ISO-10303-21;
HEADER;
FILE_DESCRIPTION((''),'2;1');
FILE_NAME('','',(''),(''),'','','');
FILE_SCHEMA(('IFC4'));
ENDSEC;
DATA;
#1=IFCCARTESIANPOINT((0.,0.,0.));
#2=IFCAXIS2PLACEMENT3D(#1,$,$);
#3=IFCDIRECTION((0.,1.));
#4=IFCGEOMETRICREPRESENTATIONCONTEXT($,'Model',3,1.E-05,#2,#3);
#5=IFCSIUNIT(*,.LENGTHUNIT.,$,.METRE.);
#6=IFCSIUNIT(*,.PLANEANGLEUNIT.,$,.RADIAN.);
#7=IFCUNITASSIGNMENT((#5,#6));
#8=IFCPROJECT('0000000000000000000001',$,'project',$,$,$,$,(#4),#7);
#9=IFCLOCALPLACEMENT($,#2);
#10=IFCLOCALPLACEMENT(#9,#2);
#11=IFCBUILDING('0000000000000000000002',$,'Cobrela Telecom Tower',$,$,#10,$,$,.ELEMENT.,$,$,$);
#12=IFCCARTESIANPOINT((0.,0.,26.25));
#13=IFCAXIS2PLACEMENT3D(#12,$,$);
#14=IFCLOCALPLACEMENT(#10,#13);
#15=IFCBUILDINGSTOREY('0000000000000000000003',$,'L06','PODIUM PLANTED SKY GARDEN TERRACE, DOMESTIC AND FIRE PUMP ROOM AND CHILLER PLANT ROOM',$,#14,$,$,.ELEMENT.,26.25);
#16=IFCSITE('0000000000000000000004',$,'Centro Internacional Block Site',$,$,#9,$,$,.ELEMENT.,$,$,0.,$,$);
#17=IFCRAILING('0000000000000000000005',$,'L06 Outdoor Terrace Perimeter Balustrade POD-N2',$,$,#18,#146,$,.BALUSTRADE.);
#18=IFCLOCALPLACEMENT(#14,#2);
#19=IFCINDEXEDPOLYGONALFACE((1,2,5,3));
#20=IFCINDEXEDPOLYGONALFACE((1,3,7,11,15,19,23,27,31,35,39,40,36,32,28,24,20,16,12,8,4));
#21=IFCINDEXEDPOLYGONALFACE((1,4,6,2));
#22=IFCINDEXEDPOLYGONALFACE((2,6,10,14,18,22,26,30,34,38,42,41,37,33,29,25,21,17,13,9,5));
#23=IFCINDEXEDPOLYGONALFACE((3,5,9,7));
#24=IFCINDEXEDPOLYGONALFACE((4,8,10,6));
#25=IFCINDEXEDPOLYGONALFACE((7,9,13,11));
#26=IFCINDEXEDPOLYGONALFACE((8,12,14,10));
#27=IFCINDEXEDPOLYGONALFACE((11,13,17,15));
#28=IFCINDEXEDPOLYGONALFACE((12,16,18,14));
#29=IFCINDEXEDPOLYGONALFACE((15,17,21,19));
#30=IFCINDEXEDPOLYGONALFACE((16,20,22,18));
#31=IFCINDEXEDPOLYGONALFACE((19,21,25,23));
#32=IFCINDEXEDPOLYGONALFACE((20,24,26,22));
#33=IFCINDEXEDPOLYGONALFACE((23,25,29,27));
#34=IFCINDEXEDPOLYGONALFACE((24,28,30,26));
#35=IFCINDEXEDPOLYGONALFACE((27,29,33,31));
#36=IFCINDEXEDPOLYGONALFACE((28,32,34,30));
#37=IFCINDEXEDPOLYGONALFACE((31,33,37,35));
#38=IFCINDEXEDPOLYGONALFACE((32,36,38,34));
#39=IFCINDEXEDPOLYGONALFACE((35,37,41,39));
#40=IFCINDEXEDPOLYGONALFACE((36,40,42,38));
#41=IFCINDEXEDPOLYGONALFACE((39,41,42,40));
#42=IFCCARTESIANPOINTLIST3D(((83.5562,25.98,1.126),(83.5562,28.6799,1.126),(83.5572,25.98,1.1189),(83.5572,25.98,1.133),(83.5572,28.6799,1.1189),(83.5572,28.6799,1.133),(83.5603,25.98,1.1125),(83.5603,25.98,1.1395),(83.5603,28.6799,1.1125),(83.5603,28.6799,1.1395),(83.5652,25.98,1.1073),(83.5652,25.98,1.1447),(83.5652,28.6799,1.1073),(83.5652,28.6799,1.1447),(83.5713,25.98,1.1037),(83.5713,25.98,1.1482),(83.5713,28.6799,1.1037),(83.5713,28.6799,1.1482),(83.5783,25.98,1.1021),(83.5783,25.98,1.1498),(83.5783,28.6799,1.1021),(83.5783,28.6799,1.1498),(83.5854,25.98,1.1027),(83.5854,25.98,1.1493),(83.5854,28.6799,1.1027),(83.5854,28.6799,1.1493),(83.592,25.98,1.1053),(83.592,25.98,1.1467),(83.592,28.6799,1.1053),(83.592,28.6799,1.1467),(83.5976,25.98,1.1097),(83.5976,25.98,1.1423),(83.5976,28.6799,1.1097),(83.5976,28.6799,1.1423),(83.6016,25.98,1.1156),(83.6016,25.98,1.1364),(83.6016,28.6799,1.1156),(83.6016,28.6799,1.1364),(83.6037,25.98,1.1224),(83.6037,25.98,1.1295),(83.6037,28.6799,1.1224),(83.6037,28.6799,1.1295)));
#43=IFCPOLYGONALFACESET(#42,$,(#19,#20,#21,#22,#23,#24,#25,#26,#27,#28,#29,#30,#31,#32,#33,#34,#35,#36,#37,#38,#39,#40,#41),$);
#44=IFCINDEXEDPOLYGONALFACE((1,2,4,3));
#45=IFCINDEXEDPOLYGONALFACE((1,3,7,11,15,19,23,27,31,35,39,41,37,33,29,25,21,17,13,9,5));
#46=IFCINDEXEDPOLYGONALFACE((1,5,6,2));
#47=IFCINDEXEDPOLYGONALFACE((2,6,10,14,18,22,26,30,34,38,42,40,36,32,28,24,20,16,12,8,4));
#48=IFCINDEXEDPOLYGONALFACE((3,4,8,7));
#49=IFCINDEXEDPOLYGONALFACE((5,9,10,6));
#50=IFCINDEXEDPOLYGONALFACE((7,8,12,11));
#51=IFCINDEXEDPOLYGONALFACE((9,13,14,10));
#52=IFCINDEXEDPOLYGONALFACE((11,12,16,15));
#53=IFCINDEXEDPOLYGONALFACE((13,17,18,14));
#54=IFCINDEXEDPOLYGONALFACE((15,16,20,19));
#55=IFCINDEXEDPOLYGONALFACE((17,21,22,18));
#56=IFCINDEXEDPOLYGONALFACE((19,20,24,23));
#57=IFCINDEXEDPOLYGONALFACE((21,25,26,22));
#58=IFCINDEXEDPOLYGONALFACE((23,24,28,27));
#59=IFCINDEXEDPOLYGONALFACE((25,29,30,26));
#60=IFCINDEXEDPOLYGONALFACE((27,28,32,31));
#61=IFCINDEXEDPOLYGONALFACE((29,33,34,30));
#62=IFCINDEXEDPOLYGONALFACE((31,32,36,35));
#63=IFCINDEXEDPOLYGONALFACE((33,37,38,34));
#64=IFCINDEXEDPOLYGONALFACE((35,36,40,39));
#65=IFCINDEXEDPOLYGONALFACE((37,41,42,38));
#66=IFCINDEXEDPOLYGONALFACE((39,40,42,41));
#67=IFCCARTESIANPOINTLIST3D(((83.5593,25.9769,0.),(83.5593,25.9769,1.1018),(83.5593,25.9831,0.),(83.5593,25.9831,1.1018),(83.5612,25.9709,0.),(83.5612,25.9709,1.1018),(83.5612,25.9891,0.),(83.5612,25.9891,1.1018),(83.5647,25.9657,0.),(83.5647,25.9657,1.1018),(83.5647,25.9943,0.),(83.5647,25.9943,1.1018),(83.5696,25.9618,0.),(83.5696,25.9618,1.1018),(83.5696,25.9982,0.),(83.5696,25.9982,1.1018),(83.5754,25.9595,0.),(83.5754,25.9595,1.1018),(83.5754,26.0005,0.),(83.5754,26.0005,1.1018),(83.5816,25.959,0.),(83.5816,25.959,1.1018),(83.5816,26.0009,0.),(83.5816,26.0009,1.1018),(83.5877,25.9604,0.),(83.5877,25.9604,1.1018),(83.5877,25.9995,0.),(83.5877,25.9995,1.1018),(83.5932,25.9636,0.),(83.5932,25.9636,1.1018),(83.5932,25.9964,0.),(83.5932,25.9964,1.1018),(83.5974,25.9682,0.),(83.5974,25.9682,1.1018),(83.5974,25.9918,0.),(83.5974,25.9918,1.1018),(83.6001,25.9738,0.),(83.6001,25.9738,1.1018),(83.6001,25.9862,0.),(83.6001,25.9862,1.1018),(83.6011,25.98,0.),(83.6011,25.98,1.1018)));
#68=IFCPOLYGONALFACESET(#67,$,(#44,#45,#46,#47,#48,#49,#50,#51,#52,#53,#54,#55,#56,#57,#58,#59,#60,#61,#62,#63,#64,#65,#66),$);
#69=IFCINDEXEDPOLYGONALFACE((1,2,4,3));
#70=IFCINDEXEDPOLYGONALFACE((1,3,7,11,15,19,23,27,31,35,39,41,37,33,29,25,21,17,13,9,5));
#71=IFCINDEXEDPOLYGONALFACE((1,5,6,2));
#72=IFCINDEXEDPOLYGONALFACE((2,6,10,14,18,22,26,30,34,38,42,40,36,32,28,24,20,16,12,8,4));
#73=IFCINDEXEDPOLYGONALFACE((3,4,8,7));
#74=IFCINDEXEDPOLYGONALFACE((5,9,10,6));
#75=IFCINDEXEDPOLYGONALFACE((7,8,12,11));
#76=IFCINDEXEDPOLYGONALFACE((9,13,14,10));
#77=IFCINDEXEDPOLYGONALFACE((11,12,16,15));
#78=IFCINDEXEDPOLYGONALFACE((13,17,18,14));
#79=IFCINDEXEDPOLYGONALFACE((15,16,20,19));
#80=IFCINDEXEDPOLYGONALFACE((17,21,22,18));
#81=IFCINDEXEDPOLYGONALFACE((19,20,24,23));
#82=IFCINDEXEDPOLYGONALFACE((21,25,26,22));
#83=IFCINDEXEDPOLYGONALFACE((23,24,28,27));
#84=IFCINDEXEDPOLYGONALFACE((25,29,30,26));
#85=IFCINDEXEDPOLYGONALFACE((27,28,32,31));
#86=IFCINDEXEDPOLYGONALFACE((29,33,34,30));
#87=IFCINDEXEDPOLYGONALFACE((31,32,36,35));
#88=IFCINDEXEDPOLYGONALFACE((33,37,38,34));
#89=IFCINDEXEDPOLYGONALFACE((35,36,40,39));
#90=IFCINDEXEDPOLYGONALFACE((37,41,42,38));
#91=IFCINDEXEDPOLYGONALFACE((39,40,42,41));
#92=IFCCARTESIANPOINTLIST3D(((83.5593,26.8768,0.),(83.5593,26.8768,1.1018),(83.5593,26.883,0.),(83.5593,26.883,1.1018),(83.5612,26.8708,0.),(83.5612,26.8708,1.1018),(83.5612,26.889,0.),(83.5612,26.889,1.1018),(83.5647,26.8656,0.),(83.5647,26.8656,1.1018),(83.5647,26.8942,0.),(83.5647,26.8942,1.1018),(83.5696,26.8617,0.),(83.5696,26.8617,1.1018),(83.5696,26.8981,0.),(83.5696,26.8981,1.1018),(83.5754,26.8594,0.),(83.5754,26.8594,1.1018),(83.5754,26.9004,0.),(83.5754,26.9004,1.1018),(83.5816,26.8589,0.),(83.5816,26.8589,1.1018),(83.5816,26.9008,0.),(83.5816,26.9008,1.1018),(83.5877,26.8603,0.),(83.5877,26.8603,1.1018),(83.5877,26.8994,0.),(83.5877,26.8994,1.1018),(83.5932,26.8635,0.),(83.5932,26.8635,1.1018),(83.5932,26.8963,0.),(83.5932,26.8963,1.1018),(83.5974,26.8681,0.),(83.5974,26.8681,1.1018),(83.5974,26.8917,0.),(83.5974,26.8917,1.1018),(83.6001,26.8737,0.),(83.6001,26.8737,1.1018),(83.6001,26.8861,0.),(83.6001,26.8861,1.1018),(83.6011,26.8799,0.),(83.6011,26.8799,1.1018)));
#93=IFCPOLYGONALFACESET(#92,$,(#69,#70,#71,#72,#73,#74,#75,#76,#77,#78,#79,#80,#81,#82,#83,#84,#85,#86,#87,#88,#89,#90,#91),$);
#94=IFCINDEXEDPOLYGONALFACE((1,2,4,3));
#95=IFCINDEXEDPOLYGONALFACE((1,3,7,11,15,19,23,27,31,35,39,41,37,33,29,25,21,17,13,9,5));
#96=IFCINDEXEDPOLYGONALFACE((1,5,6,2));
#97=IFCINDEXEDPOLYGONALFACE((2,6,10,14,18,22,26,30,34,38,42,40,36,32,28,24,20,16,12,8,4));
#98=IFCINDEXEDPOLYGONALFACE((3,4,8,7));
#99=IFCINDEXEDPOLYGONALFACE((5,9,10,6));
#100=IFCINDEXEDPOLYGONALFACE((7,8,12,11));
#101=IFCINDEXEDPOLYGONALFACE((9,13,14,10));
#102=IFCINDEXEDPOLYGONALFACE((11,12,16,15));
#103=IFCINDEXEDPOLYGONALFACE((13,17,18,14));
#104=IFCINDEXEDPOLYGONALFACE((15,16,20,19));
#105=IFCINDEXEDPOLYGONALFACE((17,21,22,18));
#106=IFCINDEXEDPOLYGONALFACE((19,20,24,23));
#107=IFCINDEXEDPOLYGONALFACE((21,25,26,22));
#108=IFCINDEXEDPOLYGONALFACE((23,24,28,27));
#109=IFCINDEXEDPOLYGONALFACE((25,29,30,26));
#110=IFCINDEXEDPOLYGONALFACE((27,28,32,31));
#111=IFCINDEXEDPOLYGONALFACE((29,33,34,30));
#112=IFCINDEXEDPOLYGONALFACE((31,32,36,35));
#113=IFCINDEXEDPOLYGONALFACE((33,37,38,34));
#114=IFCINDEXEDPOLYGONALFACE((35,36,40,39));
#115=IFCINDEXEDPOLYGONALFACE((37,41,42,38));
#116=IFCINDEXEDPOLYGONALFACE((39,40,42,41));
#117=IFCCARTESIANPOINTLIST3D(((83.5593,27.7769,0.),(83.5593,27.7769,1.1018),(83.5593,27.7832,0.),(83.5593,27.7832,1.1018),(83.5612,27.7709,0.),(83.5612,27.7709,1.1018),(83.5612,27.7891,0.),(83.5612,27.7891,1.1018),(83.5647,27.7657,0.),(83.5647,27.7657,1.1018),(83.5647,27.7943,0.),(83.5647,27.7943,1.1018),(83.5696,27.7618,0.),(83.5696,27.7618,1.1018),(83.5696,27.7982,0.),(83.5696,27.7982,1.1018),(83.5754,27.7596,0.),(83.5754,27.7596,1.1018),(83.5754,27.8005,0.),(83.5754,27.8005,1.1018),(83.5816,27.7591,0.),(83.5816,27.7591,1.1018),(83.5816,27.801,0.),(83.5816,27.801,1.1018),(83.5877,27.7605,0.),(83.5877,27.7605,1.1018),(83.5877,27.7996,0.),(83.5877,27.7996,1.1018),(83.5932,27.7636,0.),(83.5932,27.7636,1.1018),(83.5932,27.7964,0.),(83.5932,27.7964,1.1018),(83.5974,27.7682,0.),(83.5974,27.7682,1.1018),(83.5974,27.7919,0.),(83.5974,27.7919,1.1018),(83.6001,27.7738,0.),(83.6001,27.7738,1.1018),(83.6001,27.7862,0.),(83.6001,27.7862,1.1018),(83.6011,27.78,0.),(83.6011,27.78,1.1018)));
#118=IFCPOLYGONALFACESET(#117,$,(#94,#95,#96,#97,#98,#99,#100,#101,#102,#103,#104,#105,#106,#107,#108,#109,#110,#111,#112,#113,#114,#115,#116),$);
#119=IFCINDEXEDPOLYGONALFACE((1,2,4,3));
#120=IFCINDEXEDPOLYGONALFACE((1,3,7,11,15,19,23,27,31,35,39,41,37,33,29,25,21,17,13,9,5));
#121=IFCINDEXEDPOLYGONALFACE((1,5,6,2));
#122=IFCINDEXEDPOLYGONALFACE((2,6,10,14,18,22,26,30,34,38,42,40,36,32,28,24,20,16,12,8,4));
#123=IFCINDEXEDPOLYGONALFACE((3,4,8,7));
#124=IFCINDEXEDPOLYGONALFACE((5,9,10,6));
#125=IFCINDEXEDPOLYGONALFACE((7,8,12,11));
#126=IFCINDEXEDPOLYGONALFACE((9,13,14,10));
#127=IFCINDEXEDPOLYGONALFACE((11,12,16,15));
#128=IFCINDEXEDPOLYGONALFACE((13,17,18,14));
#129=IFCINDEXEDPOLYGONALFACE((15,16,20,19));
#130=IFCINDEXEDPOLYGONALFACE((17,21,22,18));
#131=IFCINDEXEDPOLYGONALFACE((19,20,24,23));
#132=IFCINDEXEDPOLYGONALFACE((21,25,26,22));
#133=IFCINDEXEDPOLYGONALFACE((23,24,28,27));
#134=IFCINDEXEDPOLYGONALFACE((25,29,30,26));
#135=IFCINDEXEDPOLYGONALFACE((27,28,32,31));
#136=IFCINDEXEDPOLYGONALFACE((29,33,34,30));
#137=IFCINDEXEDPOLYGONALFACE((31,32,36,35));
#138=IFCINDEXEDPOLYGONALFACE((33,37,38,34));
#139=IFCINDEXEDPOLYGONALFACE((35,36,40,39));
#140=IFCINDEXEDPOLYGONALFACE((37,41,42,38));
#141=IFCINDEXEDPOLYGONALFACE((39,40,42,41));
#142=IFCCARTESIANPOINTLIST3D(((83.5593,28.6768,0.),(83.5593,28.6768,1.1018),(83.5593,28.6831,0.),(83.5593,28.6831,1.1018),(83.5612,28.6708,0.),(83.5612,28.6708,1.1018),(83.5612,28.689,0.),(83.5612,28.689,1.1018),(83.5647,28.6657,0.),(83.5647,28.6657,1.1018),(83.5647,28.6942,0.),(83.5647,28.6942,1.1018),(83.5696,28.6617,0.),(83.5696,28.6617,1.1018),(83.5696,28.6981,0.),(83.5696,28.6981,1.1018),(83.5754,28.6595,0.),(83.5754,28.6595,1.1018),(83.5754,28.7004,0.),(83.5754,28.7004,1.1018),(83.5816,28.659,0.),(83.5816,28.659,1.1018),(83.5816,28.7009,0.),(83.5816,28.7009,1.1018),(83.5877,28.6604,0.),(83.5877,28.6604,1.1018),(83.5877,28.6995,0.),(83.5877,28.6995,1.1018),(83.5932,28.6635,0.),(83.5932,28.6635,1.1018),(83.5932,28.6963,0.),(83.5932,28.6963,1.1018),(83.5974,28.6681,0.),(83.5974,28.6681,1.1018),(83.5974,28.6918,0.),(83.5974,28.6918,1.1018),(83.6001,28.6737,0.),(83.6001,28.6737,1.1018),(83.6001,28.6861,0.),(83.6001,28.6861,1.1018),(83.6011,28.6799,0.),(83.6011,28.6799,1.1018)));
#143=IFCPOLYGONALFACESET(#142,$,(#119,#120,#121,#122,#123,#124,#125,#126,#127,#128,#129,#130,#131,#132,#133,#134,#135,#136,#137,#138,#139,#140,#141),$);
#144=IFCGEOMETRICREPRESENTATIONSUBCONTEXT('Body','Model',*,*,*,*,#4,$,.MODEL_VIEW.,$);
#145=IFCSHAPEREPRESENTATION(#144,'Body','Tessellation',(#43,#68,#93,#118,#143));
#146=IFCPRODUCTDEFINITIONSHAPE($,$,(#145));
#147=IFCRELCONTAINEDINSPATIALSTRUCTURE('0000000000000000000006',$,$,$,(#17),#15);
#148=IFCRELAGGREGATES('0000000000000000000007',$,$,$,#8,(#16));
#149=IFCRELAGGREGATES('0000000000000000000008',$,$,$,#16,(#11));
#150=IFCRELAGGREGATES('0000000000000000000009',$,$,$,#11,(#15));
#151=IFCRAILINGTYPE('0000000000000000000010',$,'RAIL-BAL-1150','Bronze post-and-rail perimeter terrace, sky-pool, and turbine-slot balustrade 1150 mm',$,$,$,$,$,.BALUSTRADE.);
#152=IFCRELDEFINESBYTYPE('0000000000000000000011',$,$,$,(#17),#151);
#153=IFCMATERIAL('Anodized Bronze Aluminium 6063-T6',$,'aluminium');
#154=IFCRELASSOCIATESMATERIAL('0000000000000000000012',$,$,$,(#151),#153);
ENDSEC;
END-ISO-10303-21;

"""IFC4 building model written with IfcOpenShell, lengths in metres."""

from ifc_helpers import new_model, si_unit, direction, frame, origin, origin_2d, place, context, subcontext, project, spatial, circle, extrude, material, type_object, element, save


model = new_model("IFC4")

# Units and contexts
model_context = context("Model", 3, precision=1e-05, world=origin(), true_north=direction((0.0, 1.0)))
body_context = subcontext(model_context, "Body", "Model", "MODEL_VIEW")
ifc_project = project(units=[si_unit("LENGTHUNIT", "METRE"), si_unit("PLANEANGLEUNIT", "RADIAN")], contexts=[model_context])

# Site, building, storey
site_placement = place(None, origin())
site = spatial("IfcSite", under=ifc_project, at=site_placement, Name="Centro Internacional Block Site", CompositionType="ELEMENT", RefElevation=0.0)
building_placement = place(site_placement, origin())
building = spatial("IfcBuilding", under=site, at=building_placement, Name="Cobrela Telecom Tower", CompositionType="ELEMENT")
storey_placement = place(building_placement, frame((0.0, 0.0, 26.25)))
storey = spatial("IfcBuildingStorey", under=building, at=storey_placement, Name="L06", Description="PODIUM PLANTED SKY GARDEN TERRACE, DOMESTIC AND FIRE PUMP ROOM AND CHILLER PLANT ROOM", CompositionType="ELEMENT", Elevation=26.25)

# Railing
ifc_material_1 = material(Name="Anodized Bronze Aluminium 6063-T6", Category="aluminium")
railing_type = type_object("IfcRailingType", Name="RAIL-BAL-1150", Description="Bronze post-and-rail perimeter terrace, sky-pool, and turbine-slot balustrade 1150 mm", PredefinedType="BALUSTRADE", material=ifc_material_1)
railing_1_placement = place(storey_placement, frame((83.5801, 25.98, 0.0)))
element("IfcRailing", 1, at=railing_1_placement, inside=storey, type_object=railing_type, Name="L06 Outdoor Terrace Perimeter Balustrade POD-N2", PredefinedType="BALUSTRADE", context=body_context, shape_type="SweptSolid", body=[
    extrude(circle(Radius=0.0239, at=origin_2d()), frame((0.0, 0.0, 1.126), z_axis=(0.0, 1.0, 0.0), x_axis=(-1.0, 0.0, 0.0)), (0.0, 0.0, 1.0), 2.7),
    extrude(circle(Radius=0.021, at=origin_2d()), origin(), (0.0, 0.0, 1.0), 1.1018),
    extrude(circle(Radius=0.021, at=origin_2d()), frame((0.0, 0.8999, 0.0)), (0.0, 0.0, 1.0), 1.1018),
    extrude(circle(Radius=0.021, at=origin_2d()), frame((0.0, 1.8, 0.0)), (0.0, 0.0, 1.0), 1.1018),
    extrude(circle(Radius=0.021, at=origin_2d()), frame((0.0, 2.7, 0.0)), (0.0, 0.0, 1.0), 1.1018),
])

save(model, "model.ifc")
